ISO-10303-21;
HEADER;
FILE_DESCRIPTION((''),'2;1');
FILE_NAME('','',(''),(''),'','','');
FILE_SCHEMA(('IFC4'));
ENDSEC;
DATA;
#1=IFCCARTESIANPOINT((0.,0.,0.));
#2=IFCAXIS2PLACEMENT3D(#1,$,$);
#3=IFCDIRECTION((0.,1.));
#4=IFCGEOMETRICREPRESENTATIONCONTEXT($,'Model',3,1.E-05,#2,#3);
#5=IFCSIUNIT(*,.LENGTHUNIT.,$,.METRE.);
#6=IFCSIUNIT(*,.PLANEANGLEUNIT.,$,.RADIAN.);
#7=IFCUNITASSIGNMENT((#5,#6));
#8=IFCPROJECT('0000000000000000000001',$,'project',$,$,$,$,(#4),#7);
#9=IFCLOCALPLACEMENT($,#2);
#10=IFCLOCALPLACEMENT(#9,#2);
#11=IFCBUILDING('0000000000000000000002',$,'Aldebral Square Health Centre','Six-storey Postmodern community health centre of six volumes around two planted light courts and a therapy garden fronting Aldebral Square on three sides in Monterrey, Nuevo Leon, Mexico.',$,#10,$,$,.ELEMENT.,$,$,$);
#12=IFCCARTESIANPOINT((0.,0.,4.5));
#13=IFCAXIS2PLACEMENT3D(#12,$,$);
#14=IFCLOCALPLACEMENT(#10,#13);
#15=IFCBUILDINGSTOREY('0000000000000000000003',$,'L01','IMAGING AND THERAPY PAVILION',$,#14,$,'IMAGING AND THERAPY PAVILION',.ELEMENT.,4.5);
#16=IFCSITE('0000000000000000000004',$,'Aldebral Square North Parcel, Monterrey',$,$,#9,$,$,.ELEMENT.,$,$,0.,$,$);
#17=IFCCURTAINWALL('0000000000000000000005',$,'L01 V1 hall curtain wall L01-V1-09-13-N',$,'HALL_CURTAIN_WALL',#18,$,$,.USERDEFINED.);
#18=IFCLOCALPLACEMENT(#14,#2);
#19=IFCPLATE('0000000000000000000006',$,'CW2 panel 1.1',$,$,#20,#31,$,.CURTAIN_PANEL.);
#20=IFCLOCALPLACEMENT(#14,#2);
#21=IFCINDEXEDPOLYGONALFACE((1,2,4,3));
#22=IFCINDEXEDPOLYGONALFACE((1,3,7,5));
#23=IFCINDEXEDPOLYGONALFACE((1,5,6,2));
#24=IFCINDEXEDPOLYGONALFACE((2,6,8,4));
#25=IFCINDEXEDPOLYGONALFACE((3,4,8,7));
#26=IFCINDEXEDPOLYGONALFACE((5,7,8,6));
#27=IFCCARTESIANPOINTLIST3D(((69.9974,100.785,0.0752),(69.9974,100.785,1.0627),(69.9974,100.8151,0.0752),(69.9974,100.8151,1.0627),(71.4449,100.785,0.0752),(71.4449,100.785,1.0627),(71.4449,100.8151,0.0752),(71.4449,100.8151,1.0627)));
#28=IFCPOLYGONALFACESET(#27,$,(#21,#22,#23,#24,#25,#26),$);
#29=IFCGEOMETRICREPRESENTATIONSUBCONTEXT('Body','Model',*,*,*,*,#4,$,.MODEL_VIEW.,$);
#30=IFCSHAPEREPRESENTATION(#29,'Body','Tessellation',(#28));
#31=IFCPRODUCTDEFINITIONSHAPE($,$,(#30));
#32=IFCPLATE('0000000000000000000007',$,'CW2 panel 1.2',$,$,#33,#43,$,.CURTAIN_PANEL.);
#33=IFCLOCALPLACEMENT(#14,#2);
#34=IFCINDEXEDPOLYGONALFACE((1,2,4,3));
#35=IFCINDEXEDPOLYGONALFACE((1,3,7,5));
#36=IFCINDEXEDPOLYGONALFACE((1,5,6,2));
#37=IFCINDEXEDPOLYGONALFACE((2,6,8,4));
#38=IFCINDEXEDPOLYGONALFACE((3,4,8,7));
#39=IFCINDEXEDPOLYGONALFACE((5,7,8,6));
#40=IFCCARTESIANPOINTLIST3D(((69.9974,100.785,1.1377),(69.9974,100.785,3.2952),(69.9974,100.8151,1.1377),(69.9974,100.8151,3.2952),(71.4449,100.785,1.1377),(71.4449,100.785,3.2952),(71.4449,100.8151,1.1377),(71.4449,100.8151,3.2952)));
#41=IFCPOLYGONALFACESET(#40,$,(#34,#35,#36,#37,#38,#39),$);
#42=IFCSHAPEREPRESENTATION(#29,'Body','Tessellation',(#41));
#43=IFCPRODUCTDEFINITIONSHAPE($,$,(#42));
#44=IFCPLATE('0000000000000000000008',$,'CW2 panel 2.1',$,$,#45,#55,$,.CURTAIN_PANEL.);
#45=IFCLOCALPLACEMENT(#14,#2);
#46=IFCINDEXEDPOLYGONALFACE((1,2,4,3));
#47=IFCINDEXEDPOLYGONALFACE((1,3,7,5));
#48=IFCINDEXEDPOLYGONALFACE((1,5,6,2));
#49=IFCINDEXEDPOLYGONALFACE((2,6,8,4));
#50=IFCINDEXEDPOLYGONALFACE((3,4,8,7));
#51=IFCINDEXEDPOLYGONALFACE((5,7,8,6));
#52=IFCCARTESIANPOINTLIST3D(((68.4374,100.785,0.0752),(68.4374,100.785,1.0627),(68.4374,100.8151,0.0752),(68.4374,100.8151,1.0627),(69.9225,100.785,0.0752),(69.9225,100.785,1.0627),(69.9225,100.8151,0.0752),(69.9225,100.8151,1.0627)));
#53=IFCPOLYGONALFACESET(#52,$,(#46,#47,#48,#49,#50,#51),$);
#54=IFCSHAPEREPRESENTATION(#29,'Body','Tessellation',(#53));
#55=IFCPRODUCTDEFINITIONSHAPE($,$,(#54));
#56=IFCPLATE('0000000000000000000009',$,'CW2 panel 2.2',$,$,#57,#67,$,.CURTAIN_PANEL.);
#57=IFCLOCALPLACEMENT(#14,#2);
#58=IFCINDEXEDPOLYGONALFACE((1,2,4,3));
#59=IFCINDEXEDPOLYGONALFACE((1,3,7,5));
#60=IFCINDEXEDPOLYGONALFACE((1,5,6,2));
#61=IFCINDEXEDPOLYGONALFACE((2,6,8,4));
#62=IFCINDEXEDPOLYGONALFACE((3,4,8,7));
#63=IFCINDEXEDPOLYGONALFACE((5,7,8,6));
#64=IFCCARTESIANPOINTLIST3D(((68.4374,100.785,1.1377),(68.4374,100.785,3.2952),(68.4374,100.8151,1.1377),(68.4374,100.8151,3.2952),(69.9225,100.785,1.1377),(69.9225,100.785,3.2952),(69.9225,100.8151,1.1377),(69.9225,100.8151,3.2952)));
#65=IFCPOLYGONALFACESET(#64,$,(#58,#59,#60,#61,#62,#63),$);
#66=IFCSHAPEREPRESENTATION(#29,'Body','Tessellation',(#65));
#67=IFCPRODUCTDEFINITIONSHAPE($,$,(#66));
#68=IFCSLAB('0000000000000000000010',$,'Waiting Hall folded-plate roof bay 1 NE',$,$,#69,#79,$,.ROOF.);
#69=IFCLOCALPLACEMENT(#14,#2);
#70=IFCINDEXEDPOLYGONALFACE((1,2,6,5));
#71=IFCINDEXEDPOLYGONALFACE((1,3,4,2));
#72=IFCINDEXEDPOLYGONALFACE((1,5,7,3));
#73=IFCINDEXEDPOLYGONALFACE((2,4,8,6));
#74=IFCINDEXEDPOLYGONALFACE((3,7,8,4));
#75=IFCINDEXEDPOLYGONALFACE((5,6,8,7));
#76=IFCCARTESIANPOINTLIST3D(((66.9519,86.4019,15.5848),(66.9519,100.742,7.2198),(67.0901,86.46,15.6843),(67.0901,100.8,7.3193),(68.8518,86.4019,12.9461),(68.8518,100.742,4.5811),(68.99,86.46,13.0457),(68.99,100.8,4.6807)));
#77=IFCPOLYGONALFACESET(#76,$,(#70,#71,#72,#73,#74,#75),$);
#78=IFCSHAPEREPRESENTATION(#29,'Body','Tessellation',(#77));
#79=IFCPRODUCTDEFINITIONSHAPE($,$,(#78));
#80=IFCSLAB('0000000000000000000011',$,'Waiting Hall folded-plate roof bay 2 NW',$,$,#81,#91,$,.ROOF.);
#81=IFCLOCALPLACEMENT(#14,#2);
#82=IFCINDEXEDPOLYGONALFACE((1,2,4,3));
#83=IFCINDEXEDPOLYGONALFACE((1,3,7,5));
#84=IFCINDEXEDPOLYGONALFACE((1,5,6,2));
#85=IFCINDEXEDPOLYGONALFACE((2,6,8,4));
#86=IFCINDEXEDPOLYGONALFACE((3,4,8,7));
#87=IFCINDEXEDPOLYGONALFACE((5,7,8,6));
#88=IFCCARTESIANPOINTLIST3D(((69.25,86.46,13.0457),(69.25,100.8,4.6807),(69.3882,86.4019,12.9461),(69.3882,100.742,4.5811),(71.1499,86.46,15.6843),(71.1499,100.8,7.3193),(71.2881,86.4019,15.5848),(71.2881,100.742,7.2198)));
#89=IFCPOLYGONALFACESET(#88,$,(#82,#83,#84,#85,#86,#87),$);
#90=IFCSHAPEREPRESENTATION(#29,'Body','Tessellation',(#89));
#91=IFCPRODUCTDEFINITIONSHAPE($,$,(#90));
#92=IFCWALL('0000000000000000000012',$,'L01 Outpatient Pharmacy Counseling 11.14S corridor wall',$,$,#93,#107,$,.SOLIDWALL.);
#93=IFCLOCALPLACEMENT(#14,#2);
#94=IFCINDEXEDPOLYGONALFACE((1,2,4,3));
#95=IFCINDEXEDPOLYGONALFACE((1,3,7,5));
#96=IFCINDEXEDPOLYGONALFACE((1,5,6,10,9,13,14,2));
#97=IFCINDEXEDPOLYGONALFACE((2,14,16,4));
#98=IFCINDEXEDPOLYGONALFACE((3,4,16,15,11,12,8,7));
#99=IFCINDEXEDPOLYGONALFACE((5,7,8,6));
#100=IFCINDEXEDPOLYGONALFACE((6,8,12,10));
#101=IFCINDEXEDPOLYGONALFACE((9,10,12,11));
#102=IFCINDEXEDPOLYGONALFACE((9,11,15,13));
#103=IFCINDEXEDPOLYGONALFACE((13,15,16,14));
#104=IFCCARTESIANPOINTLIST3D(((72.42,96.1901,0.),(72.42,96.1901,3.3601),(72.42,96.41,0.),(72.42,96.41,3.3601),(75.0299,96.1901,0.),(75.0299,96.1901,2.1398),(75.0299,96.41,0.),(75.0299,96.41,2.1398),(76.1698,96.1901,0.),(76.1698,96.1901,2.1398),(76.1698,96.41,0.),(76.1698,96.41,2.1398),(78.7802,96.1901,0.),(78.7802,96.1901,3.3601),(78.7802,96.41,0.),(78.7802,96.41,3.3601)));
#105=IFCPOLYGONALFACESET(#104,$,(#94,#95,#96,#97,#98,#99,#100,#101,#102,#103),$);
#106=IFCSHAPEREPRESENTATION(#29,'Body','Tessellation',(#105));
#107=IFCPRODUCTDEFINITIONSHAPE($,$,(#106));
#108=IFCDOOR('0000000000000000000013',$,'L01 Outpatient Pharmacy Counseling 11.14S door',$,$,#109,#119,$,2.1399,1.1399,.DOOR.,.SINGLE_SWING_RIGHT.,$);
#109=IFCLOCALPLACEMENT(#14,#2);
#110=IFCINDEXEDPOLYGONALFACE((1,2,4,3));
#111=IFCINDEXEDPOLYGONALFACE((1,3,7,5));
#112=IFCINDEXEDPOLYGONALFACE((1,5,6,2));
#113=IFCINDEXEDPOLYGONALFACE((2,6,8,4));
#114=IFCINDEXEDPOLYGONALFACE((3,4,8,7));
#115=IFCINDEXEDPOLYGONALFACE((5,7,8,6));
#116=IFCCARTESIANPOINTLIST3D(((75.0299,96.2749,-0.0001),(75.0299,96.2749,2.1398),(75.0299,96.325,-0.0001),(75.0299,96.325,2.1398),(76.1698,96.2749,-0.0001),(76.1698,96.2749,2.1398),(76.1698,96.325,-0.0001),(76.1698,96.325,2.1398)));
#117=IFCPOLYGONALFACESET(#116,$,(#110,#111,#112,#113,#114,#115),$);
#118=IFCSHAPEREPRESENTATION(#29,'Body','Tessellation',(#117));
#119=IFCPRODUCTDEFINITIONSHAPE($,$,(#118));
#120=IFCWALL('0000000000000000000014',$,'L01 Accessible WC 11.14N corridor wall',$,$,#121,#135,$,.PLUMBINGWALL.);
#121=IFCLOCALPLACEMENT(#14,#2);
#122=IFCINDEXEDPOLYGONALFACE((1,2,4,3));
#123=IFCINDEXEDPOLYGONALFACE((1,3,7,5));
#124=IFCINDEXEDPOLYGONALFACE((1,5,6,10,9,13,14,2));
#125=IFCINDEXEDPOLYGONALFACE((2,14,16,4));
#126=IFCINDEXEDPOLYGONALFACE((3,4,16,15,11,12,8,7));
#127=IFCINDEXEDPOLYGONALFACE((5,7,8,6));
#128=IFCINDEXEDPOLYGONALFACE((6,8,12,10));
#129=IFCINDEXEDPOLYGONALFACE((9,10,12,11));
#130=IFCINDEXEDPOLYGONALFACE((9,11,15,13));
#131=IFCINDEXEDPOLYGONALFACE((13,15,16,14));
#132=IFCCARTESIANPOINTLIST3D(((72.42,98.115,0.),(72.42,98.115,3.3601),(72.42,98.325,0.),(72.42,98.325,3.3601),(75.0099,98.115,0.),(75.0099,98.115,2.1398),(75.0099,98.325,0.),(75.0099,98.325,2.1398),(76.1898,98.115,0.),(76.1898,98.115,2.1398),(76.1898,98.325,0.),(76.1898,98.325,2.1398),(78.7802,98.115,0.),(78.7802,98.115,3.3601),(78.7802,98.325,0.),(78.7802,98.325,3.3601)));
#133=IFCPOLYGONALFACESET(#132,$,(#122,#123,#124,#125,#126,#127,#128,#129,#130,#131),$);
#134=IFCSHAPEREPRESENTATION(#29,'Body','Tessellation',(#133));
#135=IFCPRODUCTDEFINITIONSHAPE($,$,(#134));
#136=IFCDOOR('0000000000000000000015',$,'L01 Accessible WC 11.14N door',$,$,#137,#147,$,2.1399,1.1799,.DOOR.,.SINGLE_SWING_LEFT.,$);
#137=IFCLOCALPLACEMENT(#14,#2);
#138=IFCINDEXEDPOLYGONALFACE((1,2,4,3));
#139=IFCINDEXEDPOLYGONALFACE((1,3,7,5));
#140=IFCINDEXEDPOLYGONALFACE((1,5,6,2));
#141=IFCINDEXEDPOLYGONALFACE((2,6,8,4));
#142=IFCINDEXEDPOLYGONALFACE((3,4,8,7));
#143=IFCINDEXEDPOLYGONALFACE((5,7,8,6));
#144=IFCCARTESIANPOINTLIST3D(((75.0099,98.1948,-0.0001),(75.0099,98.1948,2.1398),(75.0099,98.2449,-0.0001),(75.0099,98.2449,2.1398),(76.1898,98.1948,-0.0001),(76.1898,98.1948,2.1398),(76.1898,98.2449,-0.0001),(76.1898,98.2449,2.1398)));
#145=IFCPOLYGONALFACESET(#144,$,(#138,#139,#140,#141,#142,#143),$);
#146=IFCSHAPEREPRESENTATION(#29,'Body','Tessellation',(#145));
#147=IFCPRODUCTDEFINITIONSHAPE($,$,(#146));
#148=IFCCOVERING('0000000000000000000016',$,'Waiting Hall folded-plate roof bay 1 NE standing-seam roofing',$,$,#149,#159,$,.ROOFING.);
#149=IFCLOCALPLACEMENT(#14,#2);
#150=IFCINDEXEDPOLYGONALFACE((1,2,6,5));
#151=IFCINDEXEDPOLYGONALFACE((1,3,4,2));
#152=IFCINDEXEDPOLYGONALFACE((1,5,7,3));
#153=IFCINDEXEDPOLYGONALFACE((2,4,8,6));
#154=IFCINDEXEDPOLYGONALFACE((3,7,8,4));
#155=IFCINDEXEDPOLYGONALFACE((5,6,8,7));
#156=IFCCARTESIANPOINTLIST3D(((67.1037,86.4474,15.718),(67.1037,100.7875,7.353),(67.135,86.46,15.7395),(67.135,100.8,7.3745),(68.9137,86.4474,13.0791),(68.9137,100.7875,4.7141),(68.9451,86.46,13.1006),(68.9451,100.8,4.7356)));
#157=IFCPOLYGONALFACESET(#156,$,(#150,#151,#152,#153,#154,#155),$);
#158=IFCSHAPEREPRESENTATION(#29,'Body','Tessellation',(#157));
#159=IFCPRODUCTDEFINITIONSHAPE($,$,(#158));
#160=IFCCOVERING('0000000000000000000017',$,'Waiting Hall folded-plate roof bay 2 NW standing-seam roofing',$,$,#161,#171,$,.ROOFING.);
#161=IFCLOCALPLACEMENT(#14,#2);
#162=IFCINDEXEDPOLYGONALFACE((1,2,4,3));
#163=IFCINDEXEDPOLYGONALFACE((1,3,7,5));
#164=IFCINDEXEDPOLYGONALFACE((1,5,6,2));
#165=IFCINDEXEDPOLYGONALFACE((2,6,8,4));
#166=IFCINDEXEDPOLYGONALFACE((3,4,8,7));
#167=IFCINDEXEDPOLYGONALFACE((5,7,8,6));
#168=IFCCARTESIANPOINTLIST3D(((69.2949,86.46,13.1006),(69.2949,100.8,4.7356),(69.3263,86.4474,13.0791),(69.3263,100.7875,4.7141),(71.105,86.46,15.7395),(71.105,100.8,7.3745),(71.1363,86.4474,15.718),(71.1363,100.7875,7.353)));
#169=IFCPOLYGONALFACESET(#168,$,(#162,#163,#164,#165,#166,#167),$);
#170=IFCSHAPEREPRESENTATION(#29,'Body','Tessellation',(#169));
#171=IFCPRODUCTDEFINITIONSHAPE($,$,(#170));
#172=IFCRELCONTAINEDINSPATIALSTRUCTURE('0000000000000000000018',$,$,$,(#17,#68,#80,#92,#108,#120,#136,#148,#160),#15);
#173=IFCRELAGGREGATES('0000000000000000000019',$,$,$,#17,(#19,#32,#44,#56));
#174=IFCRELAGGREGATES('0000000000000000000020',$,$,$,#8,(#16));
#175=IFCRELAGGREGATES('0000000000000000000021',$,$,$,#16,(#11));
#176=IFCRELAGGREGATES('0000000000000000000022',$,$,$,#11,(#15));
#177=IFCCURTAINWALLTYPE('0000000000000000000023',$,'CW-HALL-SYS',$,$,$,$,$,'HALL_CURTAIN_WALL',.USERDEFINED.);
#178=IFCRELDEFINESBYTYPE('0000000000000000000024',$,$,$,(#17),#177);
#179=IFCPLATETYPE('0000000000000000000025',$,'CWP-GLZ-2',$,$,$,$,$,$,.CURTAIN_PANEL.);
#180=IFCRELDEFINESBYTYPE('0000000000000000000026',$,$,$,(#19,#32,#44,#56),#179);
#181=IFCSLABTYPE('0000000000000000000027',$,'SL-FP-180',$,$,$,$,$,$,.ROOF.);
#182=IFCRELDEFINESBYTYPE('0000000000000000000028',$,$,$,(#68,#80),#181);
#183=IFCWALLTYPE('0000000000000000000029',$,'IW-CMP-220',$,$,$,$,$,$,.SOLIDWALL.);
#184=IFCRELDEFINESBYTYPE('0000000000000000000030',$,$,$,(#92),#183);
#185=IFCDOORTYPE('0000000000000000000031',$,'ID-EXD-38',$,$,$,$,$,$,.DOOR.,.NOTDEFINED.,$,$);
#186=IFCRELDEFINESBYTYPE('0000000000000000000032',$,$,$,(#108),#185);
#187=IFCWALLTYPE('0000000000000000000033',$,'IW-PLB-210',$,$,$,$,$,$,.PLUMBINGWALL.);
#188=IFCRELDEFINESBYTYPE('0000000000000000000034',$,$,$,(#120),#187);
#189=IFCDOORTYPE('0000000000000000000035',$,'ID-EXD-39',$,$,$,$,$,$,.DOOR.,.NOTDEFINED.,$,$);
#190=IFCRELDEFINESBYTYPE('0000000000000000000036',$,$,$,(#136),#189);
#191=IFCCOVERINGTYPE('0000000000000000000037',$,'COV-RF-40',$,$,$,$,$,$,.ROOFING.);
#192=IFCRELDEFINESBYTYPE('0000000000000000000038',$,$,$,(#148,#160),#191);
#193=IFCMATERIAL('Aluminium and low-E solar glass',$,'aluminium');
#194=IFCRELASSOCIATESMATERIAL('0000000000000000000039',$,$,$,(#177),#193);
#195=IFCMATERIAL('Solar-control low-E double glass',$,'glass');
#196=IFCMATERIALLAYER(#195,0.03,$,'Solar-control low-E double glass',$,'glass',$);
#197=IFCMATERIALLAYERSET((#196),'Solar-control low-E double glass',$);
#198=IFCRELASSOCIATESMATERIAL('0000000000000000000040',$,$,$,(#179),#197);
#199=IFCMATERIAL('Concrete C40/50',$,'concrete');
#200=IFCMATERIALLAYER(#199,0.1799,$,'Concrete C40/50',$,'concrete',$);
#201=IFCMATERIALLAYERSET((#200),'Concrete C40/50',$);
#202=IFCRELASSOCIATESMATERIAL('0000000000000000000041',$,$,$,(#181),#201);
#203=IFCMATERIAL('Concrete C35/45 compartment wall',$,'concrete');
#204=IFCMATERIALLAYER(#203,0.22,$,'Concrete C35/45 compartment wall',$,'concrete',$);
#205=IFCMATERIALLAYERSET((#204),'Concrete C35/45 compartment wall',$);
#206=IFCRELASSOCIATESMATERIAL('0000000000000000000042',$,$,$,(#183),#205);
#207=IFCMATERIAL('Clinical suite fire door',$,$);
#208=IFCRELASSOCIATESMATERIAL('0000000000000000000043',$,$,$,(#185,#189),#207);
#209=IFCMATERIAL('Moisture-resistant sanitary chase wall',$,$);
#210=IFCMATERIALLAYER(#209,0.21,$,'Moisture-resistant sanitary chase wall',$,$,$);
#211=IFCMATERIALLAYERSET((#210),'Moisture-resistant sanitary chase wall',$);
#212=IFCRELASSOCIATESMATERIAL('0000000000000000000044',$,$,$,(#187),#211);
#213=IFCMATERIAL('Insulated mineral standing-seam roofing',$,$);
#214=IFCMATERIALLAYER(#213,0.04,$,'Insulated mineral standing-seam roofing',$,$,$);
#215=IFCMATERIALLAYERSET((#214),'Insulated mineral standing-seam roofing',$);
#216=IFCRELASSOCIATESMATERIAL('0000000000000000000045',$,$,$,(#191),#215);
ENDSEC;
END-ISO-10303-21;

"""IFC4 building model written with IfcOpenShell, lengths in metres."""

from ifc_helpers import new_model, si_unit, direction, frame, frame_2d, origin, origin_2d, place, context, subcontext, project, spatial, polyline, rectangle, outline, extrude, material, layer, layer_set, type_object, element, fill, aggregate, save


model = new_model("IFC4")

# Units and contexts
model_context = context("Model", 3, precision=1e-05, world=origin(), true_north=direction((0.0, 1.0)))
body_context = subcontext(model_context, "Body", "Model", "MODEL_VIEW")
ifc_project = project(units=[si_unit("LENGTHUNIT", "METRE"), si_unit("PLANEANGLEUNIT", "RADIAN")], contexts=[model_context])

# Site, building, storey
site_placement = place(None, origin())
site = spatial("IfcSite", under=ifc_project, at=site_placement, Name="Aldebral Square North Parcel, Monterrey", CompositionType="ELEMENT", RefElevation=0.0)
building_placement = place(site_placement, origin())
building = spatial("IfcBuilding", under=site, at=building_placement, Name="Aldebral Square Health Centre", Description="Six-storey Postmodern community health centre of six volumes around two planted light courts and a therapy garden fronting Aldebral Square on three sides in Monterrey, Nuevo Leon, Mexico.", CompositionType="ELEMENT")
storey_placement = place(building_placement, frame((0.0, 0.0, 4.5)))
storey = spatial("IfcBuildingStorey", under=building, at=storey_placement, Name="L01", Description="IMAGING AND THERAPY PAVILION", LongName="IMAGING AND THERAPY PAVILION", CompositionType="ELEMENT", Elevation=4.5)

# Shared definitions
ifc_material_1 = material(Name="Concrete C40/50", Category="concrete")

# Curtain wall, plates
ifc_material_2 = material(Name="Aluminium and low-E solar glass", Category="aluminium")
curtain_wall_type = type_object("IfcCurtainWallType", Name="CW-HALL-SYS", ElementType="HALL_CURTAIN_WALL", PredefinedType="USERDEFINED", material=ifc_material_2)
curtain_wall_placement = place(storey_placement, origin())
curtain_wall = element("IfcCurtainWall", 1, at=curtain_wall_placement, inside=storey, type_object=curtain_wall_type, Name="L01 V1 hall curtain wall L01-V1-09-13-N", ObjectType="HALL_CURTAIN_WALL", PredefinedType="USERDEFINED")
ifc_material_3 = material(Name="Solar-control low-E double glass", Category="glass")
ifc_layer_1 = layer(ifc_material_3, 0.03, Name="Solar-control low-E double glass", Category="glass")
ifc_layer_set_1 = layer_set([ifc_layer_1], Name="Solar-control low-E double glass")
plate_type = type_object("IfcPlateType", Name="CWP-GLZ-2", PredefinedType="CURTAIN_PANEL", material=ifc_layer_set_1)
plate_1_placement = place(storey_placement, frame((70.7212, 100.8, 0.0752), z_axis=(0.0, 0.0, 1.0), x_axis=(-1.0, 0.0, 0.0)))
plate_1 = element("IfcPlate", 2, at=plate_1_placement, type_object=plate_type, Name="CW2 panel 1.1", PredefinedType="CURTAIN_PANEL", context=body_context, shape_type="SweptSolid", body=[
    extrude(rectangle(XDim=1.4475, YDim=0.03, at=origin_2d()), origin(), (0.0, 0.0, 1.0), 0.9875),
])
plate_2_placement = place(storey_placement, frame((70.7212, 100.8, 1.1377), z_axis=(0.0, 0.0, 1.0), x_axis=(-1.0, 0.0, 0.0)))
plate_2 = element("IfcPlate", 3, at=plate_2_placement, type_object=plate_type, Name="CW2 panel 1.2", PredefinedType="CURTAIN_PANEL", context=body_context, shape_type="SweptSolid", body=[
    extrude(rectangle(XDim=1.4475, YDim=0.03, at=origin_2d()), origin(), (0.0, 0.0, 1.0), 2.1575),
])
plate_3_placement = place(storey_placement, frame((69.1799, 100.8, 0.0752), z_axis=(0.0, 0.0, 1.0), x_axis=(-1.0, 0.0, 0.0)))
plate_3 = element("IfcPlate", 4, at=plate_3_placement, type_object=plate_type, Name="CW2 panel 2.1", PredefinedType="CURTAIN_PANEL", context=body_context, shape_type="SweptSolid", body=[
    extrude(rectangle(XDim=1.4851, YDim=0.03, at=origin_2d()), origin(), (0.0, 0.0, 1.0), 0.9875),
])
plate_4_placement = place(storey_placement, frame((69.1799, 100.8, 1.1377), z_axis=(0.0, 0.0, 1.0), x_axis=(-1.0, 0.0, 0.0)))
plate_4 = element("IfcPlate", 5, at=plate_4_placement, type_object=plate_type, Name="CW2 panel 2.2", PredefinedType="CURTAIN_PANEL", context=body_context, shape_type="SweptSolid", body=[
    extrude(rectangle(XDim=1.4851, YDim=0.03, at=origin_2d()), origin(), (0.0, 0.0, 1.0), 2.1575),
])
aggregate(curtain_wall, [plate_1, plate_2, plate_3, plate_4])

# Slabs
ifc_layer_2 = layer(ifc_material_1, 0.1799, Name="Concrete C40/50", Category="concrete")
ifc_layer_set_2 = layer_set([ifc_layer_2], Name="Concrete C40/50")
slab_type = type_object("IfcSlabType", Name="SL-FP-180", PredefinedType="ROOF", material=ifc_layer_set_2)
slab_1_placement = place(storey_placement, frame((68.99, 100.8, 4.6807), z_axis=(0.768132, 0.322623, 0.553072), x_axis=(-0.584317, 0.0, 0.811526)))
element("IfcSlab", 6, at=slab_1_placement, inside=storey, type_object=slab_type, Name="Waiting Hall folded-plate roof bay 1 NE", PredefinedType="ROOF", context=body_context, shape_type="SweptSolid", body=[
    extrude(outline(polyline([(0.0, 0.0), (3.2515, 0.0), (10.0399, 15.1502), (6.7884, 15.1502), (0.0, 0.0)])), origin(), (0.0, 0.0, -1.0), 0.1799),
])
slab_2_placement = place(storey_placement, frame((71.1499, 100.8, 7.3193), z_axis=(-0.768132, 0.322623, 0.553072), x_axis=(-0.584317, 0.0, -0.811526)))
element("IfcSlab", 7, at=slab_2_placement, inside=storey, type_object=slab_type, Name="Waiting Hall folded-plate roof bay 2 NW", PredefinedType="ROOF", context=body_context, shape_type="SweptSolid", body=[
    extrude(outline(polyline([(0.0, 0.0), (3.2515, 0.0), (-3.5369, 15.1502), (-6.7884, 15.1502), (0.0, 0.0)])), origin(), (0.0, 0.0, -1.0), 0.1799),
])

# Walls, openings, doors
ifc_material_4 = material(Name="Concrete C35/45 compartment wall", Category="concrete")
ifc_layer_3 = layer(ifc_material_4, 0.22, Name="Concrete C35/45 compartment wall", Category="concrete")
ifc_layer_set_3 = layer_set([ifc_layer_3], Name="Concrete C35/45 compartment wall")
wall_type_1 = type_object("IfcWallType", Name="IW-CMP-220", PredefinedType="SOLIDWALL", material=ifc_layer_set_3)
wall_1_placement = place(storey_placement, frame((72.4199, 96.3, 0.0), z_axis=(0.0, 0.0, 1.0), x_axis=(1.0, 0.0, 0.0)))
wall_1 = element("IfcWall", 8, at=wall_1_placement, inside=storey, type_object=wall_type_1, Name="L01 Outpatient Pharmacy Counseling 11.14S corridor wall", PredefinedType="SOLIDWALL", context=body_context, shape_type="SweptSolid", body=[
    extrude(rectangle(XDim=6.3601, YDim=0.22, at=frame_2d((3.1802, 0.0))), origin(), (0.0, 0.0, 1.0), 3.3601),
])
opening_1_placement = place(wall_1_placement, frame((2.6101, 0.0, 0.0)))
opening_1 = element("IfcOpeningElement", 9, at=opening_1_placement, cuts=wall_1, PredefinedType="OPENING", context=body_context, shape_type="SweptSolid", body=[
    extrude(rectangle(XDim=1.1399, YDim=2.1399, at=frame_2d((0.5698, 1.0698))), frame((0.0, 0.1201, 0.0), z_axis=(0.0, -1.0, 0.0), x_axis=(1.0, 0.0, 0.0)), (0.0, 0.0, 1.0), 0.24),
])
ifc_material_5 = material(Name="Clinical suite fire door")
door_type_1 = type_object("IfcDoorType", Name="ID-EXD-38", OperationType="NOTDEFINED", PredefinedType="DOOR", material=ifc_material_5)
door_1_placement = place(opening_1_placement, origin())
door_1 = element("IfcDoor", 10, at=door_1_placement, inside=storey, type_object=door_type_1, Name="L01 Outpatient Pharmacy Counseling 11.14S door", OperationType="SINGLE_SWING_RIGHT", OverallHeight=2.1399, OverallWidth=1.1399, PredefinedType="DOOR", context=body_context, shape_type="SweptSolid", body=[
    extrude(rectangle(XDim=1.1399, YDim=2.1399, at=frame_2d((0.5698, 1.0698))), frame((0.0, 0.0249, 0.0), z_axis=(0.0, -1.0, 0.0), x_axis=(1.0, 0.0, 0.0)), (0.0, 0.0, 1.0), 0.05),
])
fill(opening_1, door_1)
ifc_material_6 = material(Name="Moisture-resistant sanitary chase wall")
ifc_layer_4 = layer(ifc_material_6, 0.21, Name="Moisture-resistant sanitary chase wall")
ifc_layer_set_4 = layer_set([ifc_layer_4], Name="Moisture-resistant sanitary chase wall")
wall_type_2 = type_object("IfcWallType", Name="IW-PLB-210", PredefinedType="PLUMBINGWALL", material=ifc_layer_set_4)
wall_2_placement = place(storey_placement, frame((72.4199, 98.22, 0.0), z_axis=(0.0, 0.0, 1.0), x_axis=(1.0, 0.0, 0.0)))
wall_2 = element("IfcWall", 11, at=wall_2_placement, inside=storey, type_object=wall_type_2, Name="L01 Accessible WC 11.14N corridor wall", PredefinedType="PLUMBINGWALL", context=body_context, shape_type="SweptSolid", body=[
    extrude(rectangle(XDim=6.3601, YDim=0.21, at=frame_2d((3.1802, 0.0))), origin(), (0.0, 0.0, 1.0), 3.3601),
])
opening_2_placement = place(wall_2_placement, frame((2.5901, 0.0, 0.0)))
opening_2 = element("IfcOpeningElement", 12, at=opening_2_placement, cuts=wall_2, PredefinedType="OPENING", context=body_context, shape_type="SweptSolid", body=[
    extrude(rectangle(XDim=1.1799, YDim=2.1399, at=frame_2d((0.5898, 1.0698))), frame((0.0, 0.115, 0.0), z_axis=(0.0, -1.0, 0.0), x_axis=(1.0, 0.0, 0.0)), (0.0, 0.0, 1.0), 0.23),
])
door_type_2 = type_object("IfcDoorType", Name="ID-EXD-39", OperationType="NOTDEFINED", PredefinedType="DOOR", material=ifc_material_5)
door_2_placement = place(opening_2_placement, origin())
door_2 = element("IfcDoor", 13, at=door_2_placement, inside=storey, type_object=door_type_2, Name="L01 Accessible WC 11.14N door", OperationType="SINGLE_SWING_LEFT", OverallHeight=2.1399, OverallWidth=1.1799, PredefinedType="DOOR", context=body_context, shape_type="SweptSolid", body=[
    extrude(rectangle(XDim=1.1799, YDim=2.1399, at=frame_2d((0.5898, 1.0698))), frame((0.0, 0.0249, 0.0), z_axis=(0.0, -1.0, 0.0), x_axis=(1.0, 0.0, 0.0)), (0.0, 0.0, 1.0), 0.05),
])
fill(opening_2, door_2)

# Coverings
ifc_material_7 = material(Name="Insulated mineral standing-seam roofing")
ifc_layer_5 = layer(ifc_material_7, 0.04, Name="Insulated mineral standing-seam roofing")
ifc_layer_set_5 = layer_set([ifc_layer_5], Name="Insulated mineral standing-seam roofing")
covering_type = type_object("IfcCoveringType", Name="COV-RF-40", PredefinedType="ROOFING", material=ifc_layer_set_5)
covering_1_placement = place(storey_placement, frame((68.9451, 100.8, 4.7356), z_axis=(0.783126, 0.313337, 0.537154), x_axis=(-0.565638, 0.0, 0.824654)))
element("IfcCovering", 14, at=covering_1_placement, inside=storey, type_object=covering_type, Name="Waiting Hall folded-plate roof bay 1 NE standing-seam roofing", PredefinedType="ROOFING", context=body_context, shape_type="SweptSolid", body=[
    extrude(outline(polyline([(0.0, 0.0), (3.2, 0.0), (10.0982, 15.1005), (6.8982, 15.1005), (0.0, 0.0)])), origin(), (0.0, 0.0, -1.0), 0.04),
])
covering_2_placement = place(storey_placement, frame((71.105, 100.8, 7.3745), z_axis=(-0.783126, 0.313337, 0.537154), x_axis=(-0.565638, 0.0, -0.824654)))
element("IfcCovering", 15, at=covering_2_placement, inside=storey, type_object=covering_type, Name="Waiting Hall folded-plate roof bay 2 NW standing-seam roofing", PredefinedType="ROOFING", context=body_context, shape_type="SweptSolid", body=[
    extrude(outline(polyline([(0.0, 0.0), (3.2, 0.0), (-3.6982, 15.1005), (-6.8982, 15.1005), (0.0, 0.0)])), origin(), (0.0, 0.0, -1.0), 0.04),
])

save(model, "model.ifc")
